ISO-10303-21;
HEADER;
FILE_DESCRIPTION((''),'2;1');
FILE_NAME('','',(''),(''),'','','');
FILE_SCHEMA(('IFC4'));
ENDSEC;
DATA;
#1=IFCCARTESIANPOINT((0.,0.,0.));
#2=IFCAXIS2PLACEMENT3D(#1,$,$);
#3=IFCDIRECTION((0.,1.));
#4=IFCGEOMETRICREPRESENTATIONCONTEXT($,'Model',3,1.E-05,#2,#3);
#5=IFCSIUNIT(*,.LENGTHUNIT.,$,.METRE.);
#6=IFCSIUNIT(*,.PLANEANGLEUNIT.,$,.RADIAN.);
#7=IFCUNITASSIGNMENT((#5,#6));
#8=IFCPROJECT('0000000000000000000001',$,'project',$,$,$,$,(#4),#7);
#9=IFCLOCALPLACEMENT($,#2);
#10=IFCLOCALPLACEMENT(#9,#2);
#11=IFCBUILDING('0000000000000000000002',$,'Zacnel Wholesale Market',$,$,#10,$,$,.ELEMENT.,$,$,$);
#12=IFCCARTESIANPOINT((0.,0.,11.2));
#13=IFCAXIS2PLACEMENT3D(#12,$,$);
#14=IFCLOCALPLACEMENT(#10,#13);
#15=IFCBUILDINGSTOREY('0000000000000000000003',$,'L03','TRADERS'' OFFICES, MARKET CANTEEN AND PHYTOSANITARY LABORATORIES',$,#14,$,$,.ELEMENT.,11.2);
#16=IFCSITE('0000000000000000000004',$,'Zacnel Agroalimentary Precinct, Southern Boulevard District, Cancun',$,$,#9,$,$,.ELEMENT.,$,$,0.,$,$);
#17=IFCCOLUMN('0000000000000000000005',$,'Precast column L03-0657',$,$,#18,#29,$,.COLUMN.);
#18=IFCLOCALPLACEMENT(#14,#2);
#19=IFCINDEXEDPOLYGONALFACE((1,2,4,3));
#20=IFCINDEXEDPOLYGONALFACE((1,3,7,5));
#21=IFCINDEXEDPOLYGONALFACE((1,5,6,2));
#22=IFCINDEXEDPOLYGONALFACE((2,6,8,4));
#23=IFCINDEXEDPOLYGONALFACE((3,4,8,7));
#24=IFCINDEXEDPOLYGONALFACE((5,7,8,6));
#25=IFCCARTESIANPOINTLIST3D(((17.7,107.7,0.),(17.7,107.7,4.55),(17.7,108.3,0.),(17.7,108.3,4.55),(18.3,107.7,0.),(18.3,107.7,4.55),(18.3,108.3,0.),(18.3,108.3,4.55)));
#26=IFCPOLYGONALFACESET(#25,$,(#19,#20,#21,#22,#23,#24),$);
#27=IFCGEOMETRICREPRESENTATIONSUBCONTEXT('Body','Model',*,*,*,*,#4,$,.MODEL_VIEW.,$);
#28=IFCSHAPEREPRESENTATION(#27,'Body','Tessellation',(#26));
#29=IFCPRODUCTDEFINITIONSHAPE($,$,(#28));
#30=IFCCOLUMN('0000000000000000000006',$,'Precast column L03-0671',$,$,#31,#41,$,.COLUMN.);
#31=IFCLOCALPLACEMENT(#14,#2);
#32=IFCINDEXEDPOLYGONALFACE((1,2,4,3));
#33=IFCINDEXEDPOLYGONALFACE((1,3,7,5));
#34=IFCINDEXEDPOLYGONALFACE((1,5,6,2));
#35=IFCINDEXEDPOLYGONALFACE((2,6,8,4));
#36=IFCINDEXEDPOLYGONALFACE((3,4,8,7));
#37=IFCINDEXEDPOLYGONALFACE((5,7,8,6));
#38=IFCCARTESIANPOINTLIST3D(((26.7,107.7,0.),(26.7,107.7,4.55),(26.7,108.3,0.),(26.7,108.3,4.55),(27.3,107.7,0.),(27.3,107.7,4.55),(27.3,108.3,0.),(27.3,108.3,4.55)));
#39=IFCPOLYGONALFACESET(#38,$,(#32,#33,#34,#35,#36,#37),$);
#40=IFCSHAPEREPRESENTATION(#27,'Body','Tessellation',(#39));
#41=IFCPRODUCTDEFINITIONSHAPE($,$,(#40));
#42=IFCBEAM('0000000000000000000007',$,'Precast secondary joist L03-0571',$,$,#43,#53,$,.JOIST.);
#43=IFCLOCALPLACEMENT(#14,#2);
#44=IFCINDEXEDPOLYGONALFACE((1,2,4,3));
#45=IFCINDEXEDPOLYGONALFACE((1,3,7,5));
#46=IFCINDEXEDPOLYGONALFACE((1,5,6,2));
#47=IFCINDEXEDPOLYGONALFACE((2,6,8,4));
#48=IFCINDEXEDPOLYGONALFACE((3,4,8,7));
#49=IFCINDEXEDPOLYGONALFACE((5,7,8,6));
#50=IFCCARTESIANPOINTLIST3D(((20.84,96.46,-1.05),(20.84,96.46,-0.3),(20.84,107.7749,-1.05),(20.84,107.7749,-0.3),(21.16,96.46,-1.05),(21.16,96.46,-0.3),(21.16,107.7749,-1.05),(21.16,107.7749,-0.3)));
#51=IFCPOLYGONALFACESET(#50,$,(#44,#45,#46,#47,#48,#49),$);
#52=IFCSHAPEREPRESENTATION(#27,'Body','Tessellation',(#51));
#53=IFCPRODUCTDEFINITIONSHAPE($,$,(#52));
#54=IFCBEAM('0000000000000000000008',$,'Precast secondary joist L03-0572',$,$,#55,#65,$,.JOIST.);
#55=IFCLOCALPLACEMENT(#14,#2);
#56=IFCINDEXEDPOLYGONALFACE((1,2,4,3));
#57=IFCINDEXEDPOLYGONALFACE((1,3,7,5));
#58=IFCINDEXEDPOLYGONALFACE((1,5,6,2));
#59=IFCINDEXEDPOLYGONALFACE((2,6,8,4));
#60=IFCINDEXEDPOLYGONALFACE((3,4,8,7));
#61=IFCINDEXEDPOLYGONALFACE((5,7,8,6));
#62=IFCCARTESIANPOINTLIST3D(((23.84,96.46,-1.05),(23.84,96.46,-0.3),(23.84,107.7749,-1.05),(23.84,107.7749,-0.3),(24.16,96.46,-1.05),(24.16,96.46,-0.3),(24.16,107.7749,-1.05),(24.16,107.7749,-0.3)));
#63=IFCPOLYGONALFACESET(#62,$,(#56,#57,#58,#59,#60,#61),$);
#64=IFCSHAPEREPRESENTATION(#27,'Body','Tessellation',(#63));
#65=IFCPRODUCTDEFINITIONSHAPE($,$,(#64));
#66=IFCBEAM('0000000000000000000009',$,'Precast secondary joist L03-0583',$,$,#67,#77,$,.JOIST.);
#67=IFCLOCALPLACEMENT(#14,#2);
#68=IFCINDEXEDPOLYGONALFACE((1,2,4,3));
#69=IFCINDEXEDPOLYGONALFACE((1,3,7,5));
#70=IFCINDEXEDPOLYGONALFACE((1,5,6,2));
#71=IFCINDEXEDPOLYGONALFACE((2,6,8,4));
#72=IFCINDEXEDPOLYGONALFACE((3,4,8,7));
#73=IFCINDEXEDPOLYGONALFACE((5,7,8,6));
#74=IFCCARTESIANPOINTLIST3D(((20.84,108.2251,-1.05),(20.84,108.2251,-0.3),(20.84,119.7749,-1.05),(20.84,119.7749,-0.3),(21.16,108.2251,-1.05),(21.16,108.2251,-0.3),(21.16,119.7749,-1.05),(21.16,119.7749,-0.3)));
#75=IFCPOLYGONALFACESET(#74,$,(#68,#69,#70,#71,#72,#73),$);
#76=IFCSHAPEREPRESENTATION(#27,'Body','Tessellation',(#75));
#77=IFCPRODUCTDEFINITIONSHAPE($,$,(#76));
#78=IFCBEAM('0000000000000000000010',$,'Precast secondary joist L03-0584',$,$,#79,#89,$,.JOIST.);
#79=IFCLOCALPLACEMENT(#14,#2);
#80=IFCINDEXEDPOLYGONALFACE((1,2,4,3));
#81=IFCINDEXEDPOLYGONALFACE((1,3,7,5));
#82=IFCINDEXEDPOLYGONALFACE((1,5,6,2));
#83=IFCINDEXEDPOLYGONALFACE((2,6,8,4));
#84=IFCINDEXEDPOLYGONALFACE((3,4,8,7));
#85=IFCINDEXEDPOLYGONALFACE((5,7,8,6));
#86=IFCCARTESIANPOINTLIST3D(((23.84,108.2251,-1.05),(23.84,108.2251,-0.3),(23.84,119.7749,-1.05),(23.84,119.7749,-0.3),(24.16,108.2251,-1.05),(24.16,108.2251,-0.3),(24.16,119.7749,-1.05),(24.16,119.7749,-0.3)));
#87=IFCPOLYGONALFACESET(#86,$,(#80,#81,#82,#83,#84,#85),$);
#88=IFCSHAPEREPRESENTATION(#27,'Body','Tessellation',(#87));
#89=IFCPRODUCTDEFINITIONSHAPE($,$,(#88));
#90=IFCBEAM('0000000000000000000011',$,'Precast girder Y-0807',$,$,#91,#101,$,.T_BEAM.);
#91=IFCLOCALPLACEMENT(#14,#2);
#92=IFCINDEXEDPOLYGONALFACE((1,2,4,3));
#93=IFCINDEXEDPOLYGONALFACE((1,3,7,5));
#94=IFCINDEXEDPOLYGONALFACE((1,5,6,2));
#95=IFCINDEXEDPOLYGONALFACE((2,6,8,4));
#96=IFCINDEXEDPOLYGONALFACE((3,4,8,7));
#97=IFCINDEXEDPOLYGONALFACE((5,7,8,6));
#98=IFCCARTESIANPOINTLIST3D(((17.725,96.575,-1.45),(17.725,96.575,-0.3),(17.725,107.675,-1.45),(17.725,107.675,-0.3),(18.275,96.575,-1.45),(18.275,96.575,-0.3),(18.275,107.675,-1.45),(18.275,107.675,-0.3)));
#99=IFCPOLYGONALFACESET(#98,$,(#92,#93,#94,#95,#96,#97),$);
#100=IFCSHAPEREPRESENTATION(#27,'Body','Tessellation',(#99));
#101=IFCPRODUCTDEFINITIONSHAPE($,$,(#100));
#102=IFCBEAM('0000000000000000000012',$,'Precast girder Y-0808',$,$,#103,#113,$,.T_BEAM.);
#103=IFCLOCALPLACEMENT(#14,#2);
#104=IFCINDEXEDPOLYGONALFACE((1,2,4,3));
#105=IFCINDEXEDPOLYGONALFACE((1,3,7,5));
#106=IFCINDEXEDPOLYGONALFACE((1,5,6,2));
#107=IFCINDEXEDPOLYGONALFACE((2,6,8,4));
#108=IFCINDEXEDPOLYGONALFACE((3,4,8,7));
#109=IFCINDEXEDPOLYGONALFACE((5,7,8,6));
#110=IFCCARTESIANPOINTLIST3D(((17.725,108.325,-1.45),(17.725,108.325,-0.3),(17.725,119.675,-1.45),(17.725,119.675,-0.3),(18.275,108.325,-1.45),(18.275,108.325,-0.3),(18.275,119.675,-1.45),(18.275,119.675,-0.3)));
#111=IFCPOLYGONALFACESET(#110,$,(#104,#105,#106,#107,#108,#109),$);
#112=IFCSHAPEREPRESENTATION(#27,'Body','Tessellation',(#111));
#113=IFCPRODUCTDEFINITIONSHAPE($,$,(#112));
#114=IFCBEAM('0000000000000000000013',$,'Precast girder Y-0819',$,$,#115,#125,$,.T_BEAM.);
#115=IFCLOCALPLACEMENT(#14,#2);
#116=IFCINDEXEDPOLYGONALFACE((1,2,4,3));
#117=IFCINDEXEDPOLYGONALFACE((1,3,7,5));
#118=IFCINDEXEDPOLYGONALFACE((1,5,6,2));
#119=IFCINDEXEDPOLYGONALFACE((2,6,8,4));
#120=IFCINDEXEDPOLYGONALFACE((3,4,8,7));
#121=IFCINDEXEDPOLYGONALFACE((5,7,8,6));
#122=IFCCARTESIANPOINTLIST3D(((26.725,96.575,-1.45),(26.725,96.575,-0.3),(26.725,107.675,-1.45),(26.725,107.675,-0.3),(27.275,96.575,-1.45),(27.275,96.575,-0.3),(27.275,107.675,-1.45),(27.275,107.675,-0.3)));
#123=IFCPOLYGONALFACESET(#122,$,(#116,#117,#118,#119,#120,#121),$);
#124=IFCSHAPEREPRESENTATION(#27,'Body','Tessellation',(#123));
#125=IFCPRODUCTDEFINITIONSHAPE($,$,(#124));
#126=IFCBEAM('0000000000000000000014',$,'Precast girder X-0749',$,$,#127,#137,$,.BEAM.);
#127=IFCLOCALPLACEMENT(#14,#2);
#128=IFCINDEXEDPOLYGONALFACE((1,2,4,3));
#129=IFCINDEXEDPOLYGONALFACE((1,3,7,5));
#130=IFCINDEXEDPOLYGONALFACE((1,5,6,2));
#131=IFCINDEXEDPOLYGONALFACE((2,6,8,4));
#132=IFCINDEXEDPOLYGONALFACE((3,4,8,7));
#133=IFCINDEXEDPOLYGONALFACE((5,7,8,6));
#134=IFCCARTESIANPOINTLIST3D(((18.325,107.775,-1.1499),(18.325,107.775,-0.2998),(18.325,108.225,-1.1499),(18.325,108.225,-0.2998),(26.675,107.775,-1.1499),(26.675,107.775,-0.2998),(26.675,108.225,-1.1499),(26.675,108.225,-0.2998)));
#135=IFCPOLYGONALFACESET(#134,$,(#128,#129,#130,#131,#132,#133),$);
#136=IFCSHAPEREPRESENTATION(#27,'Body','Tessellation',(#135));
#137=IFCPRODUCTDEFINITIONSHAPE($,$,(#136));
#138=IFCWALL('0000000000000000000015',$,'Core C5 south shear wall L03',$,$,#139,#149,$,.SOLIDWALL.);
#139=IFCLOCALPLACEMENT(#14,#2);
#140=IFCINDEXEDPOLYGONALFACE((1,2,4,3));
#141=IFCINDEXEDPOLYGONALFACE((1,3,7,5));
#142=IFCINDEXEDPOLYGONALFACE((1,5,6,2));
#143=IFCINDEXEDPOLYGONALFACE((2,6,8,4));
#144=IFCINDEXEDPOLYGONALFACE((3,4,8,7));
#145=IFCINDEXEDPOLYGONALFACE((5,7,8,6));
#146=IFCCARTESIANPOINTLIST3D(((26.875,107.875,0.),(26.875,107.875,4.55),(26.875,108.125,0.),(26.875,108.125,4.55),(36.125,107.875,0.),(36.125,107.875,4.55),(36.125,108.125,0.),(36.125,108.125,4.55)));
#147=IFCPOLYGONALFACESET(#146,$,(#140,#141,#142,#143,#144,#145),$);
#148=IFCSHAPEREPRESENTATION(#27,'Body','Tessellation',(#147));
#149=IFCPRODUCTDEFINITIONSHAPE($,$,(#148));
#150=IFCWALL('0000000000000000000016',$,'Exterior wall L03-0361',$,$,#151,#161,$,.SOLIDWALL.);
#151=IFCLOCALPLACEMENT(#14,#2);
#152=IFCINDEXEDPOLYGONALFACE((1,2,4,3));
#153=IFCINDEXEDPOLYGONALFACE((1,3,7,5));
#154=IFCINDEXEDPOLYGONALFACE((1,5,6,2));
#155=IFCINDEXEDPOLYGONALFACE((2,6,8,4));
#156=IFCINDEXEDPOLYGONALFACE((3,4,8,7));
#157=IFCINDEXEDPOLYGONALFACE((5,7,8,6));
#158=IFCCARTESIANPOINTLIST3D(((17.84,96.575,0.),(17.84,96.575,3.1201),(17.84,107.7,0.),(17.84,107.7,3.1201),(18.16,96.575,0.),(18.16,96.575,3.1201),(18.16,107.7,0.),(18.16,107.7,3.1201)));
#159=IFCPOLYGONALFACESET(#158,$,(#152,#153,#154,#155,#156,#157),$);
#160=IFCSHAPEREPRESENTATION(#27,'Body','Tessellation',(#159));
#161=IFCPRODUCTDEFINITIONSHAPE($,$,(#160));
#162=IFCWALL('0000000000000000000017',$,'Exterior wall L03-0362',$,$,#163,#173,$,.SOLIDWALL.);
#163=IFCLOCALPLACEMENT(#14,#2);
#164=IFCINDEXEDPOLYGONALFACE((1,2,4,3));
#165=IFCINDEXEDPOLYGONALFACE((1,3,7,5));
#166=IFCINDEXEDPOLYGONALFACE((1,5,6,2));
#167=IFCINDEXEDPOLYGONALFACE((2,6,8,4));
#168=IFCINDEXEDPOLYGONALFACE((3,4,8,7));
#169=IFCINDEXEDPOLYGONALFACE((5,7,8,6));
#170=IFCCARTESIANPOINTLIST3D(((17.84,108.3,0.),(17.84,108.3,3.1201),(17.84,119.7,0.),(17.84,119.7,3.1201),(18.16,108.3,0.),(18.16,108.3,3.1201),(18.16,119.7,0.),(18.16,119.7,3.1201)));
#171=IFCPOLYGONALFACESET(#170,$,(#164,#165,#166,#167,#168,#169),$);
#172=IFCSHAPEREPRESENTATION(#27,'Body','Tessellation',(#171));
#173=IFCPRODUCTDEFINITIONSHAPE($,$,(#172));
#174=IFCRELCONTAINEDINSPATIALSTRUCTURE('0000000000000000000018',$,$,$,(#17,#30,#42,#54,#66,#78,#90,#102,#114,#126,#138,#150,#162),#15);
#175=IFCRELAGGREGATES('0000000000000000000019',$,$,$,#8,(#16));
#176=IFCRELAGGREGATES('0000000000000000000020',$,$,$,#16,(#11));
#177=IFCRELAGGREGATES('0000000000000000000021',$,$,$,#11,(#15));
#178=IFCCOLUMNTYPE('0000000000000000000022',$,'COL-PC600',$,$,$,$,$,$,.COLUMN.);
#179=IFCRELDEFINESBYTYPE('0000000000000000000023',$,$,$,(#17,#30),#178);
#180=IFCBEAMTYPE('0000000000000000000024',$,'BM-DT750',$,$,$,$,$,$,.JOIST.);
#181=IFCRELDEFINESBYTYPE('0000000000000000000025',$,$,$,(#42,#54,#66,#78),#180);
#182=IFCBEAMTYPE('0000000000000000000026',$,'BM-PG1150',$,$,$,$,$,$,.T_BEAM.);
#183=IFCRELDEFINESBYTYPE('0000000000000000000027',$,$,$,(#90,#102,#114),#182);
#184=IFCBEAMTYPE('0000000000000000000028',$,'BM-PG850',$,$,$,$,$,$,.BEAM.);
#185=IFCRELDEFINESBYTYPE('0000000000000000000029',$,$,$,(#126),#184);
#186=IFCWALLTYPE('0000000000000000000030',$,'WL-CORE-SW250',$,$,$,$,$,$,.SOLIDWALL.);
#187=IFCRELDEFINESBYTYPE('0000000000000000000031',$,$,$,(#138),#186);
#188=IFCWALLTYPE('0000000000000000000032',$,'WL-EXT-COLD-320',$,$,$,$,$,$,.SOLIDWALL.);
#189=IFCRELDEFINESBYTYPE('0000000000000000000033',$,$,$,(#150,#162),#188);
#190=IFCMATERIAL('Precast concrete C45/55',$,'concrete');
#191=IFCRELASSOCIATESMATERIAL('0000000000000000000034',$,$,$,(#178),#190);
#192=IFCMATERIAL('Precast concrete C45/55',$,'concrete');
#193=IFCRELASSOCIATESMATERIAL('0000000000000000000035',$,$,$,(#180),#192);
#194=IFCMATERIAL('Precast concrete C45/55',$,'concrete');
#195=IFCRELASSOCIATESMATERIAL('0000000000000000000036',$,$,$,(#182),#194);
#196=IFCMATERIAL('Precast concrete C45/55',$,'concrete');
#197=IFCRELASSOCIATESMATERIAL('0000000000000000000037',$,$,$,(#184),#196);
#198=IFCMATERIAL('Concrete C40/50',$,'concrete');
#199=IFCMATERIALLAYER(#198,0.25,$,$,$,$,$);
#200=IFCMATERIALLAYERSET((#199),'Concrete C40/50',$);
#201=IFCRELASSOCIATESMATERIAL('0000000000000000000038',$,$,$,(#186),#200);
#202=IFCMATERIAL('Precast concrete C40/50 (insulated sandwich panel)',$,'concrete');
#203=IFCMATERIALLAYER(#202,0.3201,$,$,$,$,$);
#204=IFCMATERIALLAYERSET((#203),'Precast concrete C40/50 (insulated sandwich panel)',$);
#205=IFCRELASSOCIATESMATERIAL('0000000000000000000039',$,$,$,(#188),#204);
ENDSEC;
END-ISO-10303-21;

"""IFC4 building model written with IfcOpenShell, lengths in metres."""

from ifc_helpers import new_model, si_unit, direction, frame, frame_2d, origin, origin_2d, place, context, subcontext, project, spatial, rectangle, extrude, material, layer, layer_set, material_profile, profile_set, type_object, element, save


model = new_model("IFC4")

# Units and contexts
model_context = context("Model", 3, precision=1e-05, world=origin(), true_north=direction((0.0, 1.0)))
body_context = subcontext(model_context, "Body", "Model", "MODEL_VIEW")
ifc_project = project(units=[si_unit("LENGTHUNIT", "METRE"), si_unit("PLANEANGLEUNIT", "RADIAN")], contexts=[model_context])

# Site, building, storey
site_placement = place(None, origin())
site = spatial("IfcSite", under=ifc_project, at=site_placement, Name="Zacnel Agroalimentary Precinct, Southern Boulevard District, Cancun", CompositionType="ELEMENT", RefElevation=0.0)
building_placement = place(site_placement, origin())
building = spatial("IfcBuilding", under=site, at=building_placement, Name="Zacnel Wholesale Market", CompositionType="ELEMENT")
storey_placement = place(building_placement, frame((0.0, 0.0, 11.2)))
storey = spatial("IfcBuildingStorey", under=building, at=storey_placement, Name="L03", Description="TRADERS' OFFICES, MARKET CANTEEN AND PHYTOSANITARY LABORATORIES", CompositionType="ELEMENT", Elevation=11.2)

# Columns
ifc_material_1 = material(Name="Precast concrete C45/55", Category="concrete")
ifc_material_profile_1 = material_profile(ifc_material_1, rectangle(XDim=0.6001, YDim=0.6001, at=origin_2d()), Name="PC 600x600")
ifc_profile_set_1 = profile_set([ifc_material_profile_1], Name="Precast concrete C45/55")
column_type = type_object("IfcColumnType", Name="COL-PC600", PredefinedType="COLUMN", material=ifc_profile_set_1)
for number, where, z_axis, x_axis, name in (
    (1, (18.0, 108.0, 0.0), (0.0, 0.0, 1.0), (1.0, 0.0, 0.0), "Precast column L03-0657"),
    (2, (27.0, 108.0, 0.0), (0.0, 0.0, 1.0), (1.0, 0.0, 0.0), "Precast column L03-0671"),
):
    element("IfcColumn", number, at=place(storey_placement, frame(where, z_axis=z_axis, x_axis=x_axis)), inside=storey, type_object=column_type, Name=name, PredefinedType="COLUMN", context=body_context, shape_type="SweptSolid", body=[
        extrude(rectangle(XDim=0.6001, YDim=0.6001, at=origin_2d()), origin(), (0.0, 0.0, 1.0), 4.55),
    ])

# Beams
ifc_material_2 = material(Name="Precast concrete C45/55", Category="concrete")
ifc_material_profile_2 = material_profile(ifc_material_2, rectangle(XDim=0.3201, YDim=0.75, at=origin_2d()), Name="DT RIB 320x750")
ifc_profile_set_2 = profile_set([ifc_material_profile_2], Name="Precast concrete C45/55")
beam_type_1 = type_object("IfcBeamType", Name="BM-DT750", PredefinedType="JOIST", material=ifc_profile_set_2)
for number, where, z_axis, x_axis, name in (
    (3, (21.0, 96.46, -0.675), (0.0, 1.0, 0.0), (-1.0, 0.0, 0.0), "Precast secondary joist L03-0571"),
    (4, (24.0, 96.46, -0.675), (0.0, 1.0, 0.0), (-1.0, 0.0, 0.0), "Precast secondary joist L03-0572"),
):
    element("IfcBeam", number, at=place(storey_placement, frame(where, z_axis=z_axis, x_axis=x_axis)), inside=storey, type_object=beam_type_1, Name=name, PredefinedType="JOIST", context=body_context, shape_type="SweptSolid", body=[
        extrude(rectangle(XDim=0.3201, YDim=0.75, at=origin_2d()), origin(), (0.0, 0.0, 1.0), 11.3149),
    ])
for number, where, z_axis, x_axis, name in (
    (5, (21.0, 108.2251, -0.675), (0.0, 1.0, 0.0), (-1.0, 0.0, 0.0), "Precast secondary joist L03-0583"),
    (6, (24.0, 108.2251, -0.675), (0.0, 1.0, 0.0), (-1.0, 0.0, 0.0), "Precast secondary joist L03-0584"),
):
    element("IfcBeam", number, at=place(storey_placement, frame(where, z_axis=z_axis, x_axis=x_axis)), inside=storey, type_object=beam_type_1, Name=name, PredefinedType="JOIST", context=body_context, shape_type="SweptSolid", body=[
        extrude(rectangle(XDim=0.3201, YDim=0.75, at=origin_2d()), origin(), (0.0, 0.0, 1.0), 11.5498),
    ])
ifc_material_3 = material(Name="Precast concrete C45/55", Category="concrete")
ifc_material_profile_3 = material_profile(ifc_material_3, rectangle(XDim=0.55, YDim=1.1499, at=origin_2d()), Name="PG 550x1150")
ifc_profile_set_3 = profile_set([ifc_material_profile_3], Name="Precast concrete C45/55")
beam_type_2 = type_object("IfcBeamType", Name="BM-PG1150", PredefinedType="T_BEAM", material=ifc_profile_set_3)
beam_1_placement = place(storey_placement, frame((18.0, 96.575, -0.875), z_axis=(0.0, 1.0, 0.0), x_axis=(-1.0, 0.0, 0.0)))
element("IfcBeam", 7, at=beam_1_placement, inside=storey, type_object=beam_type_2, Name="Precast girder Y-0807", PredefinedType="T_BEAM", context=body_context, shape_type="SweptSolid", body=[
    extrude(rectangle(XDim=0.55, YDim=1.1499, at=origin_2d()), origin(), (0.0, 0.0, 1.0), 11.1001),
])
beam_2_placement = place(storey_placement, frame((18.0, 108.325, -0.875), z_axis=(0.0, 1.0, 0.0), x_axis=(-1.0, 0.0, 0.0)))
element("IfcBeam", 8, at=beam_2_placement, inside=storey, type_object=beam_type_2, Name="Precast girder Y-0808", PredefinedType="T_BEAM", context=body_context, shape_type="SweptSolid", body=[
    extrude(rectangle(XDim=0.55, YDim=1.1499, at=origin_2d()), origin(), (0.0, 0.0, 1.0), 11.3501),
])
beam_3_placement = place(storey_placement, frame((27.0, 96.575, -0.875), z_axis=(0.0, 1.0, 0.0), x_axis=(-1.0, 0.0, 0.0)))
element("IfcBeam", 9, at=beam_3_placement, inside=storey, type_object=beam_type_2, Name="Precast girder Y-0819", PredefinedType="T_BEAM", context=body_context, shape_type="SweptSolid", body=[
    extrude(rectangle(XDim=0.55, YDim=1.1499, at=origin_2d()), origin(), (0.0, 0.0, 1.0), 11.1001),
])
ifc_material_4 = material(Name="Precast concrete C45/55", Category="concrete")
ifc_material_profile_4 = material_profile(ifc_material_4, rectangle(XDim=0.45, YDim=0.8501, at=origin_2d()), Name="PG 450x850")
ifc_profile_set_4 = profile_set([ifc_material_profile_4], Name="Precast concrete C45/55")
beam_type_3 = type_object("IfcBeamType", Name="BM-PG850", PredefinedType="BEAM", material=ifc_profile_set_4)
beam_4_placement = place(storey_placement, frame((18.325, 108.0, -0.7249), z_axis=(1.0, 0.0, 0.0), x_axis=(0.0, 1.0, 0.0)))
element("IfcBeam", 10, at=beam_4_placement, inside=storey, type_object=beam_type_3, Name="Precast girder X-0749", PredefinedType="BEAM", context=body_context, shape_type="SweptSolid", body=[
    extrude(rectangle(XDim=0.45, YDim=0.8501, at=origin_2d()), origin(), (0.0, 0.0, 1.0), 8.3501),
])

# Walls
ifc_material_5 = material(Name="Concrete C40/50", Category="concrete")
ifc_layer_1 = layer(ifc_material_5, 0.25)
ifc_layer_set_1 = layer_set([ifc_layer_1], Name="Concrete C40/50")
wall_type_1 = type_object("IfcWallType", Name="WL-CORE-SW250", PredefinedType="SOLIDWALL", material=ifc_layer_set_1)
wall_1_placement = place(storey_placement, frame((26.875, 108.0, 0.0), z_axis=(0.0, 0.0, 1.0), x_axis=(1.0, 0.0, 0.0)))
element("IfcWall", 11, at=wall_1_placement, inside=storey, type_object=wall_type_1, Name="Core C5 south shear wall L03", PredefinedType="SOLIDWALL", context=body_context, shape_type="SweptSolid", body=[
    extrude(rectangle(XDim=9.25, YDim=0.25, at=frame_2d((4.625, 0.0))), origin(), (0.0, 0.0, 1.0), 4.55),
])
ifc_material_6 = material(Name="Precast concrete C40/50 (insulated sandwich panel)", Category="concrete")
ifc_layer_2 = layer(ifc_material_6, 0.3201)
ifc_layer_set_2 = layer_set([ifc_layer_2], Name="Precast concrete C40/50 (insulated sandwich panel)")
wall_type_2 = type_object("IfcWallType", Name="WL-EXT-COLD-320", PredefinedType="SOLIDWALL", material=ifc_layer_set_2)
wall_2_placement = place(storey_placement, frame((18.0, 96.575, 0.0), z_axis=(0.0, 0.0, 1.0), x_axis=(0.0, 1.0, 0.0)))
element("IfcWall", 12, at=wall_2_placement, inside=storey, type_object=wall_type_2, Name="Exterior wall L03-0361", PredefinedType="SOLIDWALL", context=body_context, shape_type="SweptSolid", body=[
    extrude(rectangle(XDim=11.125, YDim=0.3201, at=frame_2d((5.5625, 0.0))), origin(), (0.0, 0.0, 1.0), 3.1201),
])
wall_3_placement = place(storey_placement, frame((18.0, 108.3, 0.0), z_axis=(0.0, 0.0, 1.0), x_axis=(0.0, 1.0, 0.0)))
element("IfcWall", 13, at=wall_3_placement, inside=storey, type_object=wall_type_2, Name="Exterior wall L03-0362", PredefinedType="SOLIDWALL", context=body_context, shape_type="SweptSolid", body=[
    extrude(rectangle(XDim=11.3999, YDim=0.3201, at=frame_2d((5.7, 0.0))), origin(), (0.0, 0.0, 1.0), 3.1201),
])

save(model, "model.ifc")
